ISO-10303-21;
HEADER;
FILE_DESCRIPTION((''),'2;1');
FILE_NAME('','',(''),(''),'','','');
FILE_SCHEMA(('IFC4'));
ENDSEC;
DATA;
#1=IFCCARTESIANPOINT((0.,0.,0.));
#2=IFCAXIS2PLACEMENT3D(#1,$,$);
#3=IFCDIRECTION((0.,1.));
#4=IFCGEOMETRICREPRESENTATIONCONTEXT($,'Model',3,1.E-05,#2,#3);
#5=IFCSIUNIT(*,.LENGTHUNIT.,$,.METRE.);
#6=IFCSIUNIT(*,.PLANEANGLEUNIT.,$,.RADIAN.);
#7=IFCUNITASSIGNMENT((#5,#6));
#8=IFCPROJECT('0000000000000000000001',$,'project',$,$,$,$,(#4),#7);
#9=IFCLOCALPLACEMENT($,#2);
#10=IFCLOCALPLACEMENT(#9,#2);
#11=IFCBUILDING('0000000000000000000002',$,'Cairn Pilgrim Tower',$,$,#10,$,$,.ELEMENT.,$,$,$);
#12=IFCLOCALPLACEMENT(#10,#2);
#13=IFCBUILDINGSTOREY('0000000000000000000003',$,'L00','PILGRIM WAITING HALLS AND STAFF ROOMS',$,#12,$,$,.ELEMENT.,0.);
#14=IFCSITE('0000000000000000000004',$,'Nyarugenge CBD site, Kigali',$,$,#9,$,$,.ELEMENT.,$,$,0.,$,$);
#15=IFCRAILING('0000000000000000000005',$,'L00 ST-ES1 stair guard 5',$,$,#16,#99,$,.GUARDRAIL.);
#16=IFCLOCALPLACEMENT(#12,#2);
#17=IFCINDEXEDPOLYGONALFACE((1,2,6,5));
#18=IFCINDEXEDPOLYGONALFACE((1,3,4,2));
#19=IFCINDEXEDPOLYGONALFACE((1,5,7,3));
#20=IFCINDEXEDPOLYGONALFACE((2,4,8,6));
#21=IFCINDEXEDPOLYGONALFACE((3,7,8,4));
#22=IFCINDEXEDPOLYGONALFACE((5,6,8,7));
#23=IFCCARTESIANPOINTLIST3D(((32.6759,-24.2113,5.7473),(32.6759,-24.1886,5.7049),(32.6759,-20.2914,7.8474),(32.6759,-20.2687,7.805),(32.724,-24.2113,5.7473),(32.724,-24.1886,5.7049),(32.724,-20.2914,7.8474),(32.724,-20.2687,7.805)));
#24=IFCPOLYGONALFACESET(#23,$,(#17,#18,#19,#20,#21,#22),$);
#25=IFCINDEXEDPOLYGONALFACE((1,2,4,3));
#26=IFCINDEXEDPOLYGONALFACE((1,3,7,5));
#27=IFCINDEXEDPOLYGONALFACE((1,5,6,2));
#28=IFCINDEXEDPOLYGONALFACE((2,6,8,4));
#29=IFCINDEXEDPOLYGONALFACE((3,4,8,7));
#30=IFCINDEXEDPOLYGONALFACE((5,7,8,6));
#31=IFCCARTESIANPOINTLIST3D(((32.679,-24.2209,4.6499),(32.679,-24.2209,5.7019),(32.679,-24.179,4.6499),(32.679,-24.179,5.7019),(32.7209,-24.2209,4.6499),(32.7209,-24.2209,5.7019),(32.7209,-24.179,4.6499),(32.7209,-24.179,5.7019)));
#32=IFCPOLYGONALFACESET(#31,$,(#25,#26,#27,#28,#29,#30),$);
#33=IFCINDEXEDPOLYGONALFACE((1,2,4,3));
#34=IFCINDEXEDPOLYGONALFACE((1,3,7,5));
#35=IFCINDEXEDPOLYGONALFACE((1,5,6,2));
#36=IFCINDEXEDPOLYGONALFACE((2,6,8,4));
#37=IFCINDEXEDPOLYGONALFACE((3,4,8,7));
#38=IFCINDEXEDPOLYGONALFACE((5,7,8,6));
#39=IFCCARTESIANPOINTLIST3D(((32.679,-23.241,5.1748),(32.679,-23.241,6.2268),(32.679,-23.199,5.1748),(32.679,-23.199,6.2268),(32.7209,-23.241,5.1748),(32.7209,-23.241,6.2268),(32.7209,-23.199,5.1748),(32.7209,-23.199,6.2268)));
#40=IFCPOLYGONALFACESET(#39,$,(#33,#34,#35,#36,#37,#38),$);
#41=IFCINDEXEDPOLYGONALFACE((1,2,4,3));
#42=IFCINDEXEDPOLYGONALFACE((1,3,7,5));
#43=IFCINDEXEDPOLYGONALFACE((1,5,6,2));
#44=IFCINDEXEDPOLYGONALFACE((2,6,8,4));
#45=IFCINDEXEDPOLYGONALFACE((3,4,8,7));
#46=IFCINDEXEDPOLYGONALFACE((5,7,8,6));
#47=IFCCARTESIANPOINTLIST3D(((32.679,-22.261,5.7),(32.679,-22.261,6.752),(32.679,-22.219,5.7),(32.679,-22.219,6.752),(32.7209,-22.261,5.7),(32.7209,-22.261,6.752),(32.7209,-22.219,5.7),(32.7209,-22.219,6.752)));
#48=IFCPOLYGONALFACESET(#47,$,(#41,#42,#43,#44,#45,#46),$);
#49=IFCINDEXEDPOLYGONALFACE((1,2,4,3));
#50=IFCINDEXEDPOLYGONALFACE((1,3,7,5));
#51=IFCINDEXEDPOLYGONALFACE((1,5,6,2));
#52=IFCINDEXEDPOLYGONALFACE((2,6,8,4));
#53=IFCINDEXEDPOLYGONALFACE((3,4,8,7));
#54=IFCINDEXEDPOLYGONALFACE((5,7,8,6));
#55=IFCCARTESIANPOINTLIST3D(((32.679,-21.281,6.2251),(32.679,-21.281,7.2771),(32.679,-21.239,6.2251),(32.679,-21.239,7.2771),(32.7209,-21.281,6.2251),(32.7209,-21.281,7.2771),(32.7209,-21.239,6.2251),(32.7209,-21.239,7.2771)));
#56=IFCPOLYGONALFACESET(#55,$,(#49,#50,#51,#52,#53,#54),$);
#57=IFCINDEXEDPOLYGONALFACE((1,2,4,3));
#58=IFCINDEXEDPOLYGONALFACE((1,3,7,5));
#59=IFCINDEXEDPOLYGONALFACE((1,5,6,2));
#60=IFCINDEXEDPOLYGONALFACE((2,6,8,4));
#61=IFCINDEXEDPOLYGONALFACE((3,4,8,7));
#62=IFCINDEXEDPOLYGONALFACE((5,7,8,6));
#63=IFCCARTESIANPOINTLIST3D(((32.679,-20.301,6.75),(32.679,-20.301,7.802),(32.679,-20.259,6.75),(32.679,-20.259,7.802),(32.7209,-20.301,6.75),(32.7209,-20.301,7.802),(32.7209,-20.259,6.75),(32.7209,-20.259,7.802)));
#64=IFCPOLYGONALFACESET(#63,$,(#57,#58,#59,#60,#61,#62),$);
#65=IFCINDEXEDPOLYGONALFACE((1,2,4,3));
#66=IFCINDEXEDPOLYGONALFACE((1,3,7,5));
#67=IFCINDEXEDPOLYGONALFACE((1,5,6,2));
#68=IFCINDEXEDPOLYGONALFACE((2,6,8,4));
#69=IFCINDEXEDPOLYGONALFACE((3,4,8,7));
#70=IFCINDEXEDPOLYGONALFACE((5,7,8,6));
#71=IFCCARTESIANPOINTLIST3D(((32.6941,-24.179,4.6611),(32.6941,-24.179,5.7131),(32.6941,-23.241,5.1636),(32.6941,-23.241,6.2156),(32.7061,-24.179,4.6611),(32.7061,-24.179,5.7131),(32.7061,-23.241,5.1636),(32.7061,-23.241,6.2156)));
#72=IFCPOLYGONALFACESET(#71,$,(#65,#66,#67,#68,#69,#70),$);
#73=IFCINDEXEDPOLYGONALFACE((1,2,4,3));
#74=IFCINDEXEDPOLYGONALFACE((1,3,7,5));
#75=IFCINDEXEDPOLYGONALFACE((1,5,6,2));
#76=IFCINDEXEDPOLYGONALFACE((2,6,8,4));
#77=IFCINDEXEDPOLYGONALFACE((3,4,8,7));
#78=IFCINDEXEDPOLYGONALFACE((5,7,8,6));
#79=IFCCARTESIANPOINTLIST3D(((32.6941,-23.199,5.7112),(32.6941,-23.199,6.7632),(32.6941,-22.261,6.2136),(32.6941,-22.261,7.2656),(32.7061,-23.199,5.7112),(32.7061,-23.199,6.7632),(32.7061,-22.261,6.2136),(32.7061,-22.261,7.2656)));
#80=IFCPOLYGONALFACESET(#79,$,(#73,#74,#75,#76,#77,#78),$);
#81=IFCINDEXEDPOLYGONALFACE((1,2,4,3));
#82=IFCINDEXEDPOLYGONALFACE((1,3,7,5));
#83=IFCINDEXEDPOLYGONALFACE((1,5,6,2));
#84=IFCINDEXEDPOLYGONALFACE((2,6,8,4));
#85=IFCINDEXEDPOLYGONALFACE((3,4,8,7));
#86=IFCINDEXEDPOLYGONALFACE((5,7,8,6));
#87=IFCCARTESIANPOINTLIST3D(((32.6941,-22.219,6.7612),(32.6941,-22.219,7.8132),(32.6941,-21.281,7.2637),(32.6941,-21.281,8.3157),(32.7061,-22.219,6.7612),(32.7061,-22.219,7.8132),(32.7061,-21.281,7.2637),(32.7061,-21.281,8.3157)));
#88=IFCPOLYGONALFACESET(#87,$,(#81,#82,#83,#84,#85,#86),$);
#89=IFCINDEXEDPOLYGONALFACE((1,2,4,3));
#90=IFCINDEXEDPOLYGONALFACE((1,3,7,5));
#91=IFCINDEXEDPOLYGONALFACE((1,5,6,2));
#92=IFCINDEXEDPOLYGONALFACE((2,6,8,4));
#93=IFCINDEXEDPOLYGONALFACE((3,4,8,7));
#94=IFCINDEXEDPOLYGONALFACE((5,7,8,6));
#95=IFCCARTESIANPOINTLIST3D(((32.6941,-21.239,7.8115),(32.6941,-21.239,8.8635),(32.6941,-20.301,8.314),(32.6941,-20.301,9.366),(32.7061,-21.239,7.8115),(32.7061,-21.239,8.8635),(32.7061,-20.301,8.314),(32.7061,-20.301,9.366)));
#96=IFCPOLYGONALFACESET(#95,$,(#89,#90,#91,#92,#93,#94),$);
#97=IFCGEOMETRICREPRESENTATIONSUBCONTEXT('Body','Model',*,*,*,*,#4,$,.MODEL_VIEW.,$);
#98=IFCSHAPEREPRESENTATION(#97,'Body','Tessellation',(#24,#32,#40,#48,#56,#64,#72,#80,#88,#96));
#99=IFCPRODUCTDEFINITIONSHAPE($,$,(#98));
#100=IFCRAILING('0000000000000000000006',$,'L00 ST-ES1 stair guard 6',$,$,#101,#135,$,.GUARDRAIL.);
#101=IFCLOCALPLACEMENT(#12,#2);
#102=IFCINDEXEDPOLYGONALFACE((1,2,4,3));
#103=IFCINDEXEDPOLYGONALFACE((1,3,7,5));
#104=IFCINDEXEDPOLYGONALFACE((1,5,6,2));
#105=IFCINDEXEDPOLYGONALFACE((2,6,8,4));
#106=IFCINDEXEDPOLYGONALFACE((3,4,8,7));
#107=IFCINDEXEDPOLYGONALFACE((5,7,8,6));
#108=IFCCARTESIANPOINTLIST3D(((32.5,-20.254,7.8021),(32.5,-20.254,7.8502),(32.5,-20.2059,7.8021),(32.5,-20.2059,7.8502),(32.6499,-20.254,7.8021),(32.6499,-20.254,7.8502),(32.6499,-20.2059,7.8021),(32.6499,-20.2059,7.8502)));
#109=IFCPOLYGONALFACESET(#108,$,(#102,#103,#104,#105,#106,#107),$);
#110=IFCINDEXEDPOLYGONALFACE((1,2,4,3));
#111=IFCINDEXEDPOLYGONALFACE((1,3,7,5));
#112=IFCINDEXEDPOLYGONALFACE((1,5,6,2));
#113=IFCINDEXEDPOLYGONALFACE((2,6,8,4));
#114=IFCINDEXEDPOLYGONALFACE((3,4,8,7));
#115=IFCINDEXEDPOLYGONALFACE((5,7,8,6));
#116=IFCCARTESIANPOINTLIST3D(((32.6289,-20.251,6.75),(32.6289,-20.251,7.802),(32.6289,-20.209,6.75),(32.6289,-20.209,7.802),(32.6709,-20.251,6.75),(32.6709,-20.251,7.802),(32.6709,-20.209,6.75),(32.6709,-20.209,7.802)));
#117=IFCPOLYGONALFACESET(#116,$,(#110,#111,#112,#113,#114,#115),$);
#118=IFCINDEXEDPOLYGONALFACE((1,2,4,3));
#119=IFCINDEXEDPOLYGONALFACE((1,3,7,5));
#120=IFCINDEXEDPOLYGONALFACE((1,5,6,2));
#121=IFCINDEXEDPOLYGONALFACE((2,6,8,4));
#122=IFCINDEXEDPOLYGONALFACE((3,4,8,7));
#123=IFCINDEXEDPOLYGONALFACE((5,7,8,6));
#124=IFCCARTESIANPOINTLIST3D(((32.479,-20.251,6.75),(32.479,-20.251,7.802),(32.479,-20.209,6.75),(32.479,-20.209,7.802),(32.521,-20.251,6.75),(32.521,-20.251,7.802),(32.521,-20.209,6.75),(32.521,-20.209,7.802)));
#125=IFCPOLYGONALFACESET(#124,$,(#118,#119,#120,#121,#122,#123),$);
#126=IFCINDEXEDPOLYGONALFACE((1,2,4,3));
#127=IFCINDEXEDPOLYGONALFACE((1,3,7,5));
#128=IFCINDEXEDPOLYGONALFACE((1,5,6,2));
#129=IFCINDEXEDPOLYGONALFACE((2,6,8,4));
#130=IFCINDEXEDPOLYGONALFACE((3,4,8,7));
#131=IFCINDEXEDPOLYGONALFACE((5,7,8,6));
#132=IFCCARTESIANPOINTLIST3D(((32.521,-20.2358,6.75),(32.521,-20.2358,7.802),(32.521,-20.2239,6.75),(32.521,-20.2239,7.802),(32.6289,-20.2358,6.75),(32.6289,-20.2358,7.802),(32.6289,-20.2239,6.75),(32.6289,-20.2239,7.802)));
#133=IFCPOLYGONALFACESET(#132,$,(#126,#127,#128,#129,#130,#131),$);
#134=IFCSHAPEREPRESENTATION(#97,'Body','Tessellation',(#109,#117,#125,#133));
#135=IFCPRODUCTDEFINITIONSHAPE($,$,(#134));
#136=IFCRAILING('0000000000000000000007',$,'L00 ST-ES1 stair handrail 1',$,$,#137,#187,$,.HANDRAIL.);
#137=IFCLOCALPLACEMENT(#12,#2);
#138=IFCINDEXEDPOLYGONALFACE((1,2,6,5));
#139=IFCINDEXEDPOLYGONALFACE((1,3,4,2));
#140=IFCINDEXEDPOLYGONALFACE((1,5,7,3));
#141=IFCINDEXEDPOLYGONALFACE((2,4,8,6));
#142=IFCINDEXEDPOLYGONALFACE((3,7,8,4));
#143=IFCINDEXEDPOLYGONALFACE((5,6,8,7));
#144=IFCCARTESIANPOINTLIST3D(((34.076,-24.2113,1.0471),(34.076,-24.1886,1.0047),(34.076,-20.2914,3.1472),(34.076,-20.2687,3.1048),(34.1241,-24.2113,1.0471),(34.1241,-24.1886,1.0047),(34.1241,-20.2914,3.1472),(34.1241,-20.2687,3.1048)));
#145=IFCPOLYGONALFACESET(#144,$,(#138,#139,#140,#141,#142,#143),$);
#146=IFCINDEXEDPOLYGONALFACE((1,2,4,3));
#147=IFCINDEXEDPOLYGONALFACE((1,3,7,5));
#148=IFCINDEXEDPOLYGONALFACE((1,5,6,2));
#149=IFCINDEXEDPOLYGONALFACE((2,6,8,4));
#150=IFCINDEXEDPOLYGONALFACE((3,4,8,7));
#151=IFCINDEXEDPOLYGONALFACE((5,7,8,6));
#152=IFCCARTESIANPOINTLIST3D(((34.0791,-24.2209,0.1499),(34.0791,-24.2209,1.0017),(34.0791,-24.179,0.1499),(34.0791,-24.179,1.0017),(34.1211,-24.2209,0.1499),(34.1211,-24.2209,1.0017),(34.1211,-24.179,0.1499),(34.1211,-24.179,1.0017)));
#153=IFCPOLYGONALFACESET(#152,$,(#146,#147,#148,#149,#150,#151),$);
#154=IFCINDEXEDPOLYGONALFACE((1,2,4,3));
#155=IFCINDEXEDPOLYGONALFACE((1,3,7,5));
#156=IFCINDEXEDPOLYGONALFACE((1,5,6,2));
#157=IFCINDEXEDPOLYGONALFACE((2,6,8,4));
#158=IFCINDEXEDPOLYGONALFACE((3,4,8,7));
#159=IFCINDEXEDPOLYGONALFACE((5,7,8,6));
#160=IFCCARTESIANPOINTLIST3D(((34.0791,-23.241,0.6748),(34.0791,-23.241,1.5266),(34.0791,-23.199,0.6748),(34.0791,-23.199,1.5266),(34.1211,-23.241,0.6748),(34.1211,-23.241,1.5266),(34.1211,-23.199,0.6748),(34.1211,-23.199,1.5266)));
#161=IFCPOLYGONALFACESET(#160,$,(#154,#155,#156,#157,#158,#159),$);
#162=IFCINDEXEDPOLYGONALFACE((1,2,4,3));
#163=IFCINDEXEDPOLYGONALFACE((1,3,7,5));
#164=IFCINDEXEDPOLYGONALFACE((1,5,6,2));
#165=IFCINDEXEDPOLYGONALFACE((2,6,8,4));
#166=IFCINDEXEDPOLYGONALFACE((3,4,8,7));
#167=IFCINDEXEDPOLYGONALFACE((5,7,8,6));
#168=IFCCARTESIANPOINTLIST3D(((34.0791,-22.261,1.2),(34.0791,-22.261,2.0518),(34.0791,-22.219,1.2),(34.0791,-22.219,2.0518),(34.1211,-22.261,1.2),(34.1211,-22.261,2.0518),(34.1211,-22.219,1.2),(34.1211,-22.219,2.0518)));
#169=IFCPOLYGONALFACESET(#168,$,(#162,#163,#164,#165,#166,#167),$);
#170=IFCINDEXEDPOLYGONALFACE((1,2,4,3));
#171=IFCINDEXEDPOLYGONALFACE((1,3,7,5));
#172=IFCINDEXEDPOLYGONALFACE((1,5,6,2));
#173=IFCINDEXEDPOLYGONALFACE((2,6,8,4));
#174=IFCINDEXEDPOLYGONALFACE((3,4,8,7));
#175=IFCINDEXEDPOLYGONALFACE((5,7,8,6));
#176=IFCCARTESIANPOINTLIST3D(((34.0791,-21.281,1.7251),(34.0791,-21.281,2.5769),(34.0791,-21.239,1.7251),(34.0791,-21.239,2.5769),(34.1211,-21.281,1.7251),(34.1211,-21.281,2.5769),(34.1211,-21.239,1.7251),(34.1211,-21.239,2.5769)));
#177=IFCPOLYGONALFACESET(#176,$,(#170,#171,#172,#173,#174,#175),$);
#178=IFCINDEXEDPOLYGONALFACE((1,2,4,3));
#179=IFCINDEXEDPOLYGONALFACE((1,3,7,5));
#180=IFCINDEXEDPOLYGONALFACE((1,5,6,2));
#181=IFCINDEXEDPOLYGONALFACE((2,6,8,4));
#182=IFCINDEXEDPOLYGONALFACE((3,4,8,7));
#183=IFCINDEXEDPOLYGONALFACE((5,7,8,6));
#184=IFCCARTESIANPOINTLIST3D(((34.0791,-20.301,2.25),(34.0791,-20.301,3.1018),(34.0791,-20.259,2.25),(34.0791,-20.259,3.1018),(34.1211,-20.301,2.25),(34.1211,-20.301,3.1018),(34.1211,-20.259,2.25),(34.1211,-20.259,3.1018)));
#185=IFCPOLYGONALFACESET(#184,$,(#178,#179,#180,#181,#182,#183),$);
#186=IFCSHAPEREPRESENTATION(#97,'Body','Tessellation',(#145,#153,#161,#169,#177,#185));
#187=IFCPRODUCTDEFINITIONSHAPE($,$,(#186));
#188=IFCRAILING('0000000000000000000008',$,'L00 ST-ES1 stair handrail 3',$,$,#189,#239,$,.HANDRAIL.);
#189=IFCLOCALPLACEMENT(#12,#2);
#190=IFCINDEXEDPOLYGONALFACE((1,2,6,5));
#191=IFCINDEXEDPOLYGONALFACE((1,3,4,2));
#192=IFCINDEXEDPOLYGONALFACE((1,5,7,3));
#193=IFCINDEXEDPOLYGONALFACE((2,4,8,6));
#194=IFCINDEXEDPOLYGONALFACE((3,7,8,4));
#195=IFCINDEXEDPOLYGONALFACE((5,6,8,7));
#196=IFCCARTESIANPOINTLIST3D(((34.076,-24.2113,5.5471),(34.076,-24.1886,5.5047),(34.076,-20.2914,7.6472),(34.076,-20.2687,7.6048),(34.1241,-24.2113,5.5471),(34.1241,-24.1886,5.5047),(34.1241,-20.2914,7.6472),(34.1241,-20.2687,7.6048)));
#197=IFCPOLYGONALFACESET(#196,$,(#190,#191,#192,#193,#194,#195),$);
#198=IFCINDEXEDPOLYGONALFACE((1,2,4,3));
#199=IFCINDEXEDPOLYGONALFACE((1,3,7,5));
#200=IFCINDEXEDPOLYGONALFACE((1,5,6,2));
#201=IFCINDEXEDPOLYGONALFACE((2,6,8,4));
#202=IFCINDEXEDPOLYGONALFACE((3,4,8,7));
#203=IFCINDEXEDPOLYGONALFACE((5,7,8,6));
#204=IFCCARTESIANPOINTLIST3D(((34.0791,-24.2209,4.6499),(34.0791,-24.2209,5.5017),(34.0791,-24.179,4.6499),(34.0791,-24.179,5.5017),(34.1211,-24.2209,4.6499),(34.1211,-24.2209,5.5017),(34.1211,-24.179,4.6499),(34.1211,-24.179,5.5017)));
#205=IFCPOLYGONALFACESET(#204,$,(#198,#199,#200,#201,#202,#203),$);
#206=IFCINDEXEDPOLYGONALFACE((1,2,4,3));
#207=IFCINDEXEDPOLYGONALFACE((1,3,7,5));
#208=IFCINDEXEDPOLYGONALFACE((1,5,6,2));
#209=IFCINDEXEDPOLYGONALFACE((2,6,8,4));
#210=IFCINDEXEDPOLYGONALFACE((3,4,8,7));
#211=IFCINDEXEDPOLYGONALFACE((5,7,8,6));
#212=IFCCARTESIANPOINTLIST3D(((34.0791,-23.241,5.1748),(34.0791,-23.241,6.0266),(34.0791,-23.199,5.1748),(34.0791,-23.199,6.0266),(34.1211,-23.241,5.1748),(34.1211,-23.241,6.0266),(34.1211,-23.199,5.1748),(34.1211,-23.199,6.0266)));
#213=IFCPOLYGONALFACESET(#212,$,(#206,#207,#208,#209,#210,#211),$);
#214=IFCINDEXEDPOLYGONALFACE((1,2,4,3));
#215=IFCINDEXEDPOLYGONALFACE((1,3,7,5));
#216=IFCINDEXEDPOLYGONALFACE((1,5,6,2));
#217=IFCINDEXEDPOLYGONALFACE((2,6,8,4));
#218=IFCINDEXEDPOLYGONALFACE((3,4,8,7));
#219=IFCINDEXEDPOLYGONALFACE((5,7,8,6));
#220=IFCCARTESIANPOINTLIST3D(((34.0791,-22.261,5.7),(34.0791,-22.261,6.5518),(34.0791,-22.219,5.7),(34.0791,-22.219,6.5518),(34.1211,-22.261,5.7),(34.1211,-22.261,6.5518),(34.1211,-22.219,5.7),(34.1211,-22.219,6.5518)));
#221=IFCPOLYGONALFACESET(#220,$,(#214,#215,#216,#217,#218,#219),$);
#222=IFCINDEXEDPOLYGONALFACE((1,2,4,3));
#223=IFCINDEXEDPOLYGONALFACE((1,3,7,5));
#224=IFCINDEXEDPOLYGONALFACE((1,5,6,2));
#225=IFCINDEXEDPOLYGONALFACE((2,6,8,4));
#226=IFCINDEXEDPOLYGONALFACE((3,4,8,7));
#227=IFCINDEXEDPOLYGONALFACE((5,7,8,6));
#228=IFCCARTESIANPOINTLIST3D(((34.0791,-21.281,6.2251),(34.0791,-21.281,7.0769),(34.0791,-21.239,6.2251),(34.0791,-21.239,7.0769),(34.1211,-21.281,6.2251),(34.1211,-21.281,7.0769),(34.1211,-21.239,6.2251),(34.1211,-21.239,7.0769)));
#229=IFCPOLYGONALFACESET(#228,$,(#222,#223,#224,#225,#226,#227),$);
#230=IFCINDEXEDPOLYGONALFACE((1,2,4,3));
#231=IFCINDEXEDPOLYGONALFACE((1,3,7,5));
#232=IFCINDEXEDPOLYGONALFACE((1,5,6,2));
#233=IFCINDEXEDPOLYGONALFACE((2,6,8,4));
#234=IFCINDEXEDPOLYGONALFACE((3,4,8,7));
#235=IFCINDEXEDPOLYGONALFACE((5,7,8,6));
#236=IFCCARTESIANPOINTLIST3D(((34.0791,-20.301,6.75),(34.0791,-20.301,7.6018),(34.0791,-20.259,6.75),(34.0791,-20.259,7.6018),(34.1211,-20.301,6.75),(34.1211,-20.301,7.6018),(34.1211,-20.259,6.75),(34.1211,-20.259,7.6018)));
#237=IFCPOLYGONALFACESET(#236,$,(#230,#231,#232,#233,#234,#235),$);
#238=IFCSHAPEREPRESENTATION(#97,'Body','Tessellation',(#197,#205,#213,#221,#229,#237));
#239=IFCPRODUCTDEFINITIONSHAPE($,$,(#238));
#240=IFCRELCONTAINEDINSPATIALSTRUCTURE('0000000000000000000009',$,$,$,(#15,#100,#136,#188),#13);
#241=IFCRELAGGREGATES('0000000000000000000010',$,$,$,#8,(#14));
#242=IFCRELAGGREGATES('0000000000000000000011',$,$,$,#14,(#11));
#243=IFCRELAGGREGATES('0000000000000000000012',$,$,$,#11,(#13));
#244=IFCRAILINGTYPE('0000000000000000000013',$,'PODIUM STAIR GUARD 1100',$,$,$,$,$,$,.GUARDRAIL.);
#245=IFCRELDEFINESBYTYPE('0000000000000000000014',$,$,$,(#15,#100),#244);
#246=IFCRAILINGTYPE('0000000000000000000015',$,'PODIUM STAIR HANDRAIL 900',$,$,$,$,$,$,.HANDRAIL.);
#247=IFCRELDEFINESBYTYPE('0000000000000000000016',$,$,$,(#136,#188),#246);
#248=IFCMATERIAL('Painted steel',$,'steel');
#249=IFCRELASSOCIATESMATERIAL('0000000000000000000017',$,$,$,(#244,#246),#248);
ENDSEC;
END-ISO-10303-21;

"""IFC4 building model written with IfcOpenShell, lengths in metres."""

from ifc_helpers import new_model, si_unit, direction, frame, origin, origin_2d, place, context, subcontext, project, spatial, polyline, rectangle, outline, extrude, material, type_object, element, save


model = new_model("IFC4")

# Units and contexts
model_context = context("Model", 3, precision=1e-05, world=origin(), true_north=direction((0.0, 1.0)))
body_context = subcontext(model_context, "Body", "Model", "MODEL_VIEW")
ifc_project = project(units=[si_unit("LENGTHUNIT", "METRE"), si_unit("PLANEANGLEUNIT", "RADIAN")], contexts=[model_context])

# Site, building, storey
site_placement = place(None, origin())
site = spatial("IfcSite", under=ifc_project, at=site_placement, Name="Nyarugenge CBD site, Kigali", CompositionType="ELEMENT", RefElevation=0.0)
building_placement = place(site_placement, origin())
building = spatial("IfcBuilding", under=site, at=building_placement, Name="Cairn Pilgrim Tower", CompositionType="ELEMENT")
storey_placement = place(building_placement, origin())
storey = spatial("IfcBuildingStorey", under=building, at=storey_placement, Name="L00", Description="PILGRIM WAITING HALLS AND STAFF ROOMS", CompositionType="ELEMENT", Elevation=0.0)

# Railings
ifc_material_1 = material(Name="Painted steel", Category="steel")
railing_type_1 = type_object("IfcRailingType", Name="PODIUM STAIR GUARD 1100", PredefinedType="GUARDRAIL", material=ifc_material_1)
railing_1_placement = place(storey_placement, frame((32.7, -24.2, 4.6499)))
element("IfcRailing", 1, at=railing_1_placement, inside=storey, type_object=railing_type_1, Name="L00 ST-ES1 stair guard 5", PredefinedType="GUARDRAIL", context=body_context, shape_type="SweptSolid", body=[
    extrude(rectangle(XDim=0.0481, YDim=0.0481, at=origin_2d()), frame((0.0, 0.0, 1.0762), z_axis=(0.0, 0.881467, 0.472246), x_axis=(-1.0, 0.0, 0.0)), (0.0, 0.0, 1.0), 4.447),
    extrude(rectangle(XDim=0.042, YDim=0.042, at=origin_2d()), origin(), (0.0, 0.0, 1.0), 1.052),
    extrude(rectangle(XDim=0.042, YDim=0.042, at=origin_2d()), frame((0.0, 0.98, 0.5249)), (0.0, 0.0, 1.0), 1.052),
    extrude(rectangle(XDim=0.042, YDim=0.042, at=origin_2d()), frame((0.0, 1.96, 1.05)), (0.0, 0.0, 1.0), 1.052),
    extrude(rectangle(XDim=0.042, YDim=0.042, at=origin_2d()), frame((0.0, 2.9399, 1.5752)), (0.0, 0.0, 1.0), 1.052),
    extrude(rectangle(XDim=0.042, YDim=0.042, at=origin_2d()), frame((0.0, 3.9199, 2.1001)), (0.0, 0.0, 1.0), 1.052),
    extrude(outline(polyline([(0.021, 0.0112), (0.959, 0.5137), (0.959, 1.5657), (0.021, 1.0632), (0.021, 0.0112)])), frame((-0.0059, 0.0, 0.0), z_axis=(1.0, 0.0, 0.0), x_axis=(0.0, 1.0, 0.0)), (0.0, 0.0, 1.0), 0.012),
    extrude(outline(polyline([(0.021, 0.5364), (0.959, 1.0388), (0.959, 2.0908), (0.021, 1.5884), (0.021, 0.5364)])), frame((-0.0059, 0.98, 0.5249), z_axis=(1.0, 0.0, 0.0), x_axis=(0.0, 1.0, 0.0)), (0.0, 0.0, 1.0), 0.012),
    extrude(outline(polyline([(0.021, 1.0613), (0.959, 1.5637), (0.959, 2.6157), (0.021, 2.1133), (0.021, 1.0613)])), frame((-0.0059, 1.96, 1.05), z_axis=(1.0, 0.0, 0.0), x_axis=(0.0, 1.0, 0.0)), (0.0, 0.0, 1.0), 0.012),
    extrude(outline(polyline([(0.021, 1.5864), (0.959, 2.0889), (0.959, 3.1409), (0.021, 2.6384), (0.021, 1.5864)])), frame((-0.0059, 2.9399, 1.5752), z_axis=(1.0, 0.0, 0.0), x_axis=(0.0, 1.0, 0.0)), (0.0, 0.0, 1.0), 0.012),
])
railing_2_placement = place(storey_placement, frame((32.6499, -20.23, 6.75)))
element("IfcRailing", 2, at=railing_2_placement, inside=storey, type_object=railing_type_1, Name="L00 ST-ES1 stair guard 6", PredefinedType="GUARDRAIL", context=body_context, shape_type="SweptSolid", body=[
    extrude(rectangle(XDim=0.0481, YDim=0.0481, at=origin_2d()), frame((0.0, 0.0, 1.0762), z_axis=(-1.0, 0.0, 0.0), x_axis=(0.0, -1.0, 0.0)), (0.0, 0.0, 1.0), 0.1499),
    extrude(rectangle(XDim=0.042, YDim=0.042, at=origin_2d()), origin(), (0.0, 0.0, 1.0), 1.052),
    extrude(rectangle(XDim=0.042, YDim=0.042, at=origin_2d()), frame((-0.1499, 0.0, 0.0)), (0.0, 0.0, 1.0), 1.052),
    extrude(outline(polyline([(0.021, 0.0), (0.1289, 0.0), (0.1289, 1.052), (0.021, 1.052), (0.021, 0.0)])), frame((0.0, -0.0059, 0.0), z_axis=(0.0, 1.0, 0.0), x_axis=(-1.0, 0.0, 0.0)), (0.0, 0.0, 1.0), 0.012),
])
railing_type_2 = type_object("IfcRailingType", Name="PODIUM STAIR HANDRAIL 900", PredefinedType="HANDRAIL", material=ifc_material_1)
for number, where, name in (
    (3, (34.1001, -24.2, 0.1499), "L00 ST-ES1 stair handrail 1"),
    (4, (34.1001, -24.2, 4.6499), "L00 ST-ES1 stair handrail 3"),
):
    element("IfcRailing", number, at=place(storey_placement, frame(where)), inside=storey, type_object=railing_type_2, Name=name, PredefinedType="HANDRAIL", context=body_context, shape_type="SweptSolid", body=[
        extrude(rectangle(XDim=0.0481, YDim=0.0481, at=origin_2d()), frame((0.0, 0.0, 0.876), z_axis=(0.0, 0.881467, 0.472246), x_axis=(-1.0, 0.0, 0.0)), (0.0, 0.0, 1.0), 4.447),
        extrude(rectangle(XDim=0.042, YDim=0.042, at=origin_2d()), origin(), (0.0, 0.0, 1.0), 0.8518),
        extrude(rectangle(XDim=0.042, YDim=0.042, at=origin_2d()), frame((0.0, 0.98, 0.5249)), (0.0, 0.0, 1.0), 0.8518),
        extrude(rectangle(XDim=0.042, YDim=0.042, at=origin_2d()), frame((0.0, 1.96, 1.05)), (0.0, 0.0, 1.0), 0.8518),
        extrude(rectangle(XDim=0.042, YDim=0.042, at=origin_2d()), frame((0.0, 2.9399, 1.5752)), (0.0, 0.0, 1.0), 0.8518),
        extrude(rectangle(XDim=0.042, YDim=0.042, at=origin_2d()), frame((0.0, 3.9199, 2.1001)), (0.0, 0.0, 1.0), 0.8518),
    ])

save(model, "model.ifc")
